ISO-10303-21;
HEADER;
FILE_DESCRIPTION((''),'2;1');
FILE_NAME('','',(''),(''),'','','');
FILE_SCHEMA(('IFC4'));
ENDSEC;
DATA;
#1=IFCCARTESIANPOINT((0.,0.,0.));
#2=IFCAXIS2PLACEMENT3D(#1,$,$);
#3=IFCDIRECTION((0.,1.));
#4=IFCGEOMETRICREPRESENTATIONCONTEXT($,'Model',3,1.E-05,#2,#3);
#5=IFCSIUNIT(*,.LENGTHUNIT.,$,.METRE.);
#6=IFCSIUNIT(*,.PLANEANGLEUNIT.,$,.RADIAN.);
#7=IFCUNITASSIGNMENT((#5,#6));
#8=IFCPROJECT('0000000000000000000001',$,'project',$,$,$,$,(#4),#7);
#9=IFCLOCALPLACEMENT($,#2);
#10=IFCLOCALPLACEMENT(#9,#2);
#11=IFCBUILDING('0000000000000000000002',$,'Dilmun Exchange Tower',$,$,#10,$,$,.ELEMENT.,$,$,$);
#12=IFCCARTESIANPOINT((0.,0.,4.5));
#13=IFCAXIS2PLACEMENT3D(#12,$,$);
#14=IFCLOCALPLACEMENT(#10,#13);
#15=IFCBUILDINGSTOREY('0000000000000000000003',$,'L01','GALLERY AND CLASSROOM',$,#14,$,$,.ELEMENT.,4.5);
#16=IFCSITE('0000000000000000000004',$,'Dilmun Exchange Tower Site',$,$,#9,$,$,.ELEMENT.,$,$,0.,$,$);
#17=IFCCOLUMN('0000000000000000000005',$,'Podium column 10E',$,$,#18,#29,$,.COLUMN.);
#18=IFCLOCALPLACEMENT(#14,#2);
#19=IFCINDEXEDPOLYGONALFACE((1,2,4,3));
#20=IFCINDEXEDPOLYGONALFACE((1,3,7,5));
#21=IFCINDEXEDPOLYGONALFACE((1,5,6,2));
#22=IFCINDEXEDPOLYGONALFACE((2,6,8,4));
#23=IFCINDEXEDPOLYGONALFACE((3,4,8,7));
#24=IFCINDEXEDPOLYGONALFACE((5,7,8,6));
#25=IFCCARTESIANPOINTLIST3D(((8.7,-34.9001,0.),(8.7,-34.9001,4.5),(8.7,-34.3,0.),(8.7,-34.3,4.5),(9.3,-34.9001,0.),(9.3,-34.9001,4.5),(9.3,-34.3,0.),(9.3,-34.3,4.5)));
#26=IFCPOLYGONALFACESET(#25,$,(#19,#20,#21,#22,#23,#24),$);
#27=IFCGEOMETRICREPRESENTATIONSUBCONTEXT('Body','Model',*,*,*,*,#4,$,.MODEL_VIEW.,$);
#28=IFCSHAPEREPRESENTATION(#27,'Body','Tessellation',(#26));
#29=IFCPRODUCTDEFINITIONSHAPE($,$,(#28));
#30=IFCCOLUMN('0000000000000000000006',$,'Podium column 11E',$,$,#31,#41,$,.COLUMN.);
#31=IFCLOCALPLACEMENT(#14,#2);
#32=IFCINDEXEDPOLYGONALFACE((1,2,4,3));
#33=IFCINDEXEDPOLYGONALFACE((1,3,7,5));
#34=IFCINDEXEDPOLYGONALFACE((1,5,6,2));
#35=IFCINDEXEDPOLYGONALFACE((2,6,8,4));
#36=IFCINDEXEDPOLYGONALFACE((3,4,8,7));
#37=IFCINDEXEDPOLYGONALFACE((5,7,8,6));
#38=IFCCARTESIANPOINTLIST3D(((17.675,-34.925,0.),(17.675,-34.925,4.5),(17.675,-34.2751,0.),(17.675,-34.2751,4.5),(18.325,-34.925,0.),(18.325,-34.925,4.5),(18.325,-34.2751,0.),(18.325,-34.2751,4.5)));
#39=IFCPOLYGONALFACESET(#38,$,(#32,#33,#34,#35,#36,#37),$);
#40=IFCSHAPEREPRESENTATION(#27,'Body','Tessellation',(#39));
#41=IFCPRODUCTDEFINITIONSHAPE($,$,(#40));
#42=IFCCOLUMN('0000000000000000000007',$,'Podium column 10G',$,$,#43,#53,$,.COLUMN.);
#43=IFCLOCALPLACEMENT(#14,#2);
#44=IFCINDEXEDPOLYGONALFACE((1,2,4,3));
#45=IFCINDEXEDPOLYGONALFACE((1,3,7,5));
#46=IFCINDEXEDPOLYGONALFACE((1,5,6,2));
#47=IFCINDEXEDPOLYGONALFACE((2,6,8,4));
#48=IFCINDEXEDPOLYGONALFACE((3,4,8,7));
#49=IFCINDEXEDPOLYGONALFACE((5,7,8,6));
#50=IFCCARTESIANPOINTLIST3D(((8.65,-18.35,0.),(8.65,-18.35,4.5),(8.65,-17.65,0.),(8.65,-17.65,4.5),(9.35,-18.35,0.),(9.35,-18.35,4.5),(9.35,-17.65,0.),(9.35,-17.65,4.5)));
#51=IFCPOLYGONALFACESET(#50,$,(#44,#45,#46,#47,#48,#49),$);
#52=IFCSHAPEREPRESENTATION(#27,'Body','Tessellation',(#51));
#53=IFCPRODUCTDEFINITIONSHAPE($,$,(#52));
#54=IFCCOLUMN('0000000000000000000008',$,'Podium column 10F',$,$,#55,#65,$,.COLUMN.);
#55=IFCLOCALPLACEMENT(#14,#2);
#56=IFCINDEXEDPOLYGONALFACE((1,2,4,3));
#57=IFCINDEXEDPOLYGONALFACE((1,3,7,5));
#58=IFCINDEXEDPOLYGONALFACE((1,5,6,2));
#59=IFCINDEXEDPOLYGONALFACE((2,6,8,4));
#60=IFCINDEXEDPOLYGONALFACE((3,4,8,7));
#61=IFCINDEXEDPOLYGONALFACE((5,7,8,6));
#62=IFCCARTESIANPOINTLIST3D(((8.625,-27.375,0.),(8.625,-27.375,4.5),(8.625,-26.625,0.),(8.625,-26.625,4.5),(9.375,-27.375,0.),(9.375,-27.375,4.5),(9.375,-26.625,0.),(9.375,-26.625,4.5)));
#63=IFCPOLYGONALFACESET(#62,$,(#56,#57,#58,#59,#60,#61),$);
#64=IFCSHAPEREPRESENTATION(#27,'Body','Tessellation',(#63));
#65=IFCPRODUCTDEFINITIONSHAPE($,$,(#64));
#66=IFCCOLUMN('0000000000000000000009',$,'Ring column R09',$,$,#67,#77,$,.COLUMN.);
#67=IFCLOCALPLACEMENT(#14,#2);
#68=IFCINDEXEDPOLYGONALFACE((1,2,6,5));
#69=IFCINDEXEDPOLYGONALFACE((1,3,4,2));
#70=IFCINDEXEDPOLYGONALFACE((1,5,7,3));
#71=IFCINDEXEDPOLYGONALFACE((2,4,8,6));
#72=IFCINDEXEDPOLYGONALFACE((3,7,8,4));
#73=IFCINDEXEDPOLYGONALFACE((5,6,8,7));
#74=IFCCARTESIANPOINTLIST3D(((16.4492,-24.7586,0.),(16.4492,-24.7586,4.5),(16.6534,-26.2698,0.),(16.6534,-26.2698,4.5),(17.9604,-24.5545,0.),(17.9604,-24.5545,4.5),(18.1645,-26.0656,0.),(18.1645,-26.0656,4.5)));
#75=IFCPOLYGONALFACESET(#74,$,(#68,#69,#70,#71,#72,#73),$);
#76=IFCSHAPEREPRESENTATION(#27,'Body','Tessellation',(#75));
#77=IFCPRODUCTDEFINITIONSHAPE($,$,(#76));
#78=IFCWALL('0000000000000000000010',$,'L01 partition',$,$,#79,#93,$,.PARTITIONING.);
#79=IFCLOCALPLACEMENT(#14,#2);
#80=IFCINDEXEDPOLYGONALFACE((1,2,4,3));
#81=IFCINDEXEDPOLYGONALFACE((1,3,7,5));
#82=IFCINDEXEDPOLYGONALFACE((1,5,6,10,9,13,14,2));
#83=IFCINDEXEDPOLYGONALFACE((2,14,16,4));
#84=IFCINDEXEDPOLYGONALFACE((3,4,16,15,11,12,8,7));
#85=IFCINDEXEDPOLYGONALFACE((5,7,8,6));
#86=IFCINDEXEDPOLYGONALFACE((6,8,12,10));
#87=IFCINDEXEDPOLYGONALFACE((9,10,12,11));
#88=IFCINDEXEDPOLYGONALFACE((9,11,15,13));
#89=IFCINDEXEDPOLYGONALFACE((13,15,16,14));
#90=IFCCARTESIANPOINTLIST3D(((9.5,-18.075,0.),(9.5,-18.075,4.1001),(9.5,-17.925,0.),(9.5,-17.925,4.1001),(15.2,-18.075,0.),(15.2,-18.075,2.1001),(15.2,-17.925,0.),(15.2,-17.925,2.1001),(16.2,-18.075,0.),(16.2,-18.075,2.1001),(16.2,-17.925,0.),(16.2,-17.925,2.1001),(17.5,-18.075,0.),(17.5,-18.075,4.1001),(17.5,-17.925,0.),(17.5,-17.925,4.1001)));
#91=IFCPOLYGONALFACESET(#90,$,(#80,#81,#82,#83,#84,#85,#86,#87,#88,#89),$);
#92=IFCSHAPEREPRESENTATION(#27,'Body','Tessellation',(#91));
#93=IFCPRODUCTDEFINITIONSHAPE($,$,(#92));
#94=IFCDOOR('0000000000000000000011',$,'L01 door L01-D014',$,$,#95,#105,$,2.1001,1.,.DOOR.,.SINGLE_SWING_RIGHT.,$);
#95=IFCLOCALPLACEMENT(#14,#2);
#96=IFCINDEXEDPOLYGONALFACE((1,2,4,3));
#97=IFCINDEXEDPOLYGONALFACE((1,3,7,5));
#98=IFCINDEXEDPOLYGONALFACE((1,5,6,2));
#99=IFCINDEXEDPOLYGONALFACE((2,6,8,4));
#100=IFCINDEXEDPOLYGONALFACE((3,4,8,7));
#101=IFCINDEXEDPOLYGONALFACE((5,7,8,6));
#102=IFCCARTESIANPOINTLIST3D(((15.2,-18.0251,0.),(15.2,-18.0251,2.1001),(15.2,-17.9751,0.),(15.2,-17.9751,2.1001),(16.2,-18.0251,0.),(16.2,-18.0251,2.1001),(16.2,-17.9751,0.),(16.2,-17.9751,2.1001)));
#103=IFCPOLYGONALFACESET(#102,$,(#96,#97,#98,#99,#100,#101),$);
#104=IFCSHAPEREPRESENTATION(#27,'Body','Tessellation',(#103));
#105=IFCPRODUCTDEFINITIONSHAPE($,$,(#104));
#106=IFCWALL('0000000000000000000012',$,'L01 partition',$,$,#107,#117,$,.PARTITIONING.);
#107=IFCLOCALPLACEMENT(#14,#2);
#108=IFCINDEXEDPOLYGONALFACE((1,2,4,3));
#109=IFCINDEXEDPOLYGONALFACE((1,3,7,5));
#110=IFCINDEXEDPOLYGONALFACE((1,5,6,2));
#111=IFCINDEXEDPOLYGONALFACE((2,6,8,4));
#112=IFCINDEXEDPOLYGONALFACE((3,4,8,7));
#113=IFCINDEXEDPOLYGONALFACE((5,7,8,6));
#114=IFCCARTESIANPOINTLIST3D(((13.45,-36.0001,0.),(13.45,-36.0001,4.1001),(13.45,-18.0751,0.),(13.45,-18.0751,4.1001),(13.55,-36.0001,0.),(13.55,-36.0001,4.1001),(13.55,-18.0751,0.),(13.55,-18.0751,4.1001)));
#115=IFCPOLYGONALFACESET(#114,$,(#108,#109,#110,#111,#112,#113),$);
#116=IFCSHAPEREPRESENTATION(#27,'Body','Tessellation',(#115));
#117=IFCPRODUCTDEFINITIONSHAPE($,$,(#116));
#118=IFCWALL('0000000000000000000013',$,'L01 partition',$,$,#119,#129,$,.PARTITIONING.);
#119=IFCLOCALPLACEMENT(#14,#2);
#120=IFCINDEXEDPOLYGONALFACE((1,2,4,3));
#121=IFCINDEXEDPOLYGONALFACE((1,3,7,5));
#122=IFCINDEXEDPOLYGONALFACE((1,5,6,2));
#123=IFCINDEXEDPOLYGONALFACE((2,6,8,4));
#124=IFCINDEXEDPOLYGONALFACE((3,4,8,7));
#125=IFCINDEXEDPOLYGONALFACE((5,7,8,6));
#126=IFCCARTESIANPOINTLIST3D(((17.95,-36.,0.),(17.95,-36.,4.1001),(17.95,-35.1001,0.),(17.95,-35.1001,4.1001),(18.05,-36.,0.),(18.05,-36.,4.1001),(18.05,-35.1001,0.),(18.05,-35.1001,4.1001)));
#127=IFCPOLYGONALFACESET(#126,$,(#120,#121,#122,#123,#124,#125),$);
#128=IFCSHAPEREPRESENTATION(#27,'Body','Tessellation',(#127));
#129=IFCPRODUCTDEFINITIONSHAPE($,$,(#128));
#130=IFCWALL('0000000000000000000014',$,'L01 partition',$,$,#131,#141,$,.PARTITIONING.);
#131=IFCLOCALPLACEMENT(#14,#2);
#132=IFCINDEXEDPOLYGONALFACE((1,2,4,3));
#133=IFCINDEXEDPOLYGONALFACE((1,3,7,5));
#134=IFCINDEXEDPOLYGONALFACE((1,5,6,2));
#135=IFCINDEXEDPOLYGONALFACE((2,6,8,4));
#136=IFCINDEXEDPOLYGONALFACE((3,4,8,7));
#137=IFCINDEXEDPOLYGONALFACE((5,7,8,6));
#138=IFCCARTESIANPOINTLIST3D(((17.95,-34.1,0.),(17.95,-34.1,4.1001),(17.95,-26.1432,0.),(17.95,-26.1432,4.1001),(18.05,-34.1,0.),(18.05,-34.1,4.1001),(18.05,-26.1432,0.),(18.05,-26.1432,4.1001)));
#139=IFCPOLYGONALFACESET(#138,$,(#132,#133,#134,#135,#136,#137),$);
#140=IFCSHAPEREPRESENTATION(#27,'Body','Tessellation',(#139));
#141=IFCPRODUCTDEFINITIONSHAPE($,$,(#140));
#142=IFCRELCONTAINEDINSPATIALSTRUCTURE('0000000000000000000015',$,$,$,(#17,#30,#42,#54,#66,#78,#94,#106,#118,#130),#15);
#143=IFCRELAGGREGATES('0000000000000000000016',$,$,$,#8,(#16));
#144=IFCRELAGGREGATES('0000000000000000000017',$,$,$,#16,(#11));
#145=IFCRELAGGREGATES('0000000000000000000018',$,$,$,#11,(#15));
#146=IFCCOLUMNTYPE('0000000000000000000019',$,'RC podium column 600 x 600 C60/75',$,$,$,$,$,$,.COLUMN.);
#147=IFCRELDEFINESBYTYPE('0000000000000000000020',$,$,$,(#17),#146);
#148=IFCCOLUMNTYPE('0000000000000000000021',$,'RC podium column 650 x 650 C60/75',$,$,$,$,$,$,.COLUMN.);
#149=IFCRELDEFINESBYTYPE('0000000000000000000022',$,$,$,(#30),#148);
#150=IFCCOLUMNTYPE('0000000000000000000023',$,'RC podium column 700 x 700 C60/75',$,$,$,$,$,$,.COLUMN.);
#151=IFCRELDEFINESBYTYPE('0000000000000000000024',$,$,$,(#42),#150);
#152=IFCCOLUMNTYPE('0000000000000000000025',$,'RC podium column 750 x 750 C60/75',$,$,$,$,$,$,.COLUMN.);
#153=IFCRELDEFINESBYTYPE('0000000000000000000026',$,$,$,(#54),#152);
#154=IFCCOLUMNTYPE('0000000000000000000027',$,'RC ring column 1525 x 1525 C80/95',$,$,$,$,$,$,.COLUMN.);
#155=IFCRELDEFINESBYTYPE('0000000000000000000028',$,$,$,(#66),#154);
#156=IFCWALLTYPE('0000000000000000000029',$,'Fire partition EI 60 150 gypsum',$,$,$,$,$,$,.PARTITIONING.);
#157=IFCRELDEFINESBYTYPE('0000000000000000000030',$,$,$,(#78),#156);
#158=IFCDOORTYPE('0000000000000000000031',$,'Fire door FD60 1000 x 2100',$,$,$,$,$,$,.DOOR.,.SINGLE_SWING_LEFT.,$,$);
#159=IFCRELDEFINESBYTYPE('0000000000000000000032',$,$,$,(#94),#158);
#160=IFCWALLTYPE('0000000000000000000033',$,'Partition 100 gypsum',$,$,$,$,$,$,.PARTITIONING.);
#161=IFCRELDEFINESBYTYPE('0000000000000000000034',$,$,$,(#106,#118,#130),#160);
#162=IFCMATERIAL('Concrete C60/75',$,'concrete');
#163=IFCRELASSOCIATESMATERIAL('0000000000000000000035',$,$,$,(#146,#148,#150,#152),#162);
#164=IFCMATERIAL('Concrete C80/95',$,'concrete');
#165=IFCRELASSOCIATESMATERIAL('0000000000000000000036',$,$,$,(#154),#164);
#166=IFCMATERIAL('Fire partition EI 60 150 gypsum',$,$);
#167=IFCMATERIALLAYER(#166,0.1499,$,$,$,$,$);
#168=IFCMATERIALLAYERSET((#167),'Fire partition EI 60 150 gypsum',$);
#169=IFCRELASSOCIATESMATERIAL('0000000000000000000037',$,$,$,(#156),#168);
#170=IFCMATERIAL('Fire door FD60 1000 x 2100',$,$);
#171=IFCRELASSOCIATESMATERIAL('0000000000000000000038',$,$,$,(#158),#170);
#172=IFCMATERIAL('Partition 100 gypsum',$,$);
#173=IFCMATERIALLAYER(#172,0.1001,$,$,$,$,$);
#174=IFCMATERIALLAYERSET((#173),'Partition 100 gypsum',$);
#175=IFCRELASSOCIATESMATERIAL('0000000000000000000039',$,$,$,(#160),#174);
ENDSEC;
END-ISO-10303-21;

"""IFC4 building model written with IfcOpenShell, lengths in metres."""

from ifc_helpers import new_model, si_unit, direction, frame, frame_2d, origin, origin_2d, place, context, subcontext, project, spatial, rectangle, extrude, material, layer, layer_set, material_profile, profile_set, type_object, element, fill, save


model = new_model("IFC4")

# Units and contexts
model_context = context("Model", 3, precision=1e-05, world=origin(), true_north=direction((0.0, 1.0)))
body_context = subcontext(model_context, "Body", "Model", "MODEL_VIEW")
ifc_project = project(units=[si_unit("LENGTHUNIT", "METRE"), si_unit("PLANEANGLEUNIT", "RADIAN")], contexts=[model_context])

# Site, building, storey
site_placement = place(None, origin())
site = spatial("IfcSite", under=ifc_project, at=site_placement, Name="Dilmun Exchange Tower Site", CompositionType="ELEMENT", RefElevation=0.0)
building_placement = place(site_placement, origin())
building = spatial("IfcBuilding", under=site, at=building_placement, Name="Dilmun Exchange Tower", CompositionType="ELEMENT")
storey_placement = place(building_placement, frame((0.0, 0.0, 4.5)))
storey = spatial("IfcBuildingStorey", under=building, at=storey_placement, Name="L01", Description="GALLERY AND CLASSROOM", CompositionType="ELEMENT", Elevation=4.5)

# Columns
ifc_material_1 = material(Name="Concrete C60/75", Category="concrete")
ifc_material_profile_1 = material_profile(ifc_material_1, rectangle(XDim=0.6001, YDim=0.6001, at=origin_2d()), Name="600 x 600")
ifc_profile_set_1 = profile_set([ifc_material_profile_1], Name="Concrete C60/75")
column_type_1 = type_object("IfcColumnType", Name="RC podium column 600 x 600 C60/75", PredefinedType="COLUMN", material=ifc_profile_set_1)
column_1_placement = place(storey_placement, frame((9.0, -34.6001, 0.0), z_axis=(0.0, 0.0, 1.0), x_axis=(1.0, 0.0, 0.0)))
element("IfcColumn", 1, at=column_1_placement, inside=storey, type_object=column_type_1, Name="Podium column 10E", PredefinedType="COLUMN", context=body_context, shape_type="SweptSolid", body=[
    extrude(rectangle(XDim=0.6001, YDim=0.6001, at=origin_2d()), origin(), (0.0, 0.0, 1.0), 4.5),
])
ifc_material_profile_2 = material_profile(ifc_material_1, rectangle(XDim=0.6499, YDim=0.6499, at=origin_2d()), Name="650 x 650")
ifc_profile_set_2 = profile_set([ifc_material_profile_2], Name="Concrete C60/75")
column_type_2 = type_object("IfcColumnType", Name="RC podium column 650 x 650 C60/75", PredefinedType="COLUMN", material=ifc_profile_set_2)
column_2_placement = place(storey_placement, frame((18.0, -34.6001, 0.0), z_axis=(0.0, 0.0, 1.0), x_axis=(1.0, 0.0, 0.0)))
element("IfcColumn", 2, at=column_2_placement, inside=storey, type_object=column_type_2, Name="Podium column 11E", PredefinedType="COLUMN", context=body_context, shape_type="SweptSolid", body=[
    extrude(rectangle(XDim=0.6499, YDim=0.6499, at=origin_2d()), origin(), (0.0, 0.0, 1.0), 4.5),
])
ifc_material_profile_3 = material_profile(ifc_material_1, rectangle(XDim=0.7, YDim=0.7, at=origin_2d()), Name="700 x 700")
ifc_profile_set_3 = profile_set([ifc_material_profile_3], Name="Concrete C60/75")
column_type_3 = type_object("IfcColumnType", Name="RC podium column 700 x 700 C60/75", PredefinedType="COLUMN", material=ifc_profile_set_3)
column_3_placement = place(storey_placement, frame((9.0, -18.0, 0.0), z_axis=(0.0, 0.0, 1.0), x_axis=(1.0, 0.0, 0.0)))
element("IfcColumn", 3, at=column_3_placement, inside=storey, type_object=column_type_3, Name="Podium column 10G", PredefinedType="COLUMN", context=body_context, shape_type="SweptSolid", body=[
    extrude(rectangle(XDim=0.7, YDim=0.7, at=origin_2d()), origin(), (0.0, 0.0, 1.0), 4.5),
])
ifc_material_profile_4 = material_profile(ifc_material_1, rectangle(XDim=0.75, YDim=0.75, at=origin_2d()), Name="750 x 750")
ifc_profile_set_4 = profile_set([ifc_material_profile_4], Name="Concrete C60/75")
column_type_4 = type_object("IfcColumnType", Name="RC podium column 750 x 750 C60/75", PredefinedType="COLUMN", material=ifc_profile_set_4)
column_4_placement = place(storey_placement, frame((9.0, -27.0, 0.0), z_axis=(0.0, 0.0, 1.0), x_axis=(1.0, 0.0, 0.0)))
element("IfcColumn", 4, at=column_4_placement, inside=storey, type_object=column_type_4, Name="Podium column 10F", PredefinedType="COLUMN", context=body_context, shape_type="SweptSolid", body=[
    extrude(rectangle(XDim=0.75, YDim=0.75, at=origin_2d()), origin(), (0.0, 0.0, 1.0), 4.5),
])
ifc_material_2 = material(Name="Concrete C80/95", Category="concrete")
ifc_material_profile_5 = material_profile(ifc_material_2, rectangle(XDim=1.5249, YDim=1.5249, at=origin_2d()), Name="1525 x 1525")
ifc_profile_set_5 = profile_set([ifc_material_profile_5], Name="Concrete C80/95")
column_type_5 = type_object("IfcColumnType", Name="RC ring column 1525 x 1525 C80/95", PredefinedType="COLUMN", material=ifc_profile_set_5)
column_5_placement = place(storey_placement, frame((17.3069, -25.4121, 0.0), z_axis=(0.0, 0.0, 1.0), x_axis=(0.991001, 0.133853, 0.0)))
element("IfcColumn", 5, at=column_5_placement, inside=storey, type_object=column_type_5, Name="Ring column R09", PredefinedType="COLUMN", context=body_context, shape_type="SweptSolid", body=[
    extrude(rectangle(XDim=1.5249, YDim=1.5249, at=origin_2d()), origin(), (0.0, 0.0, 1.0), 4.5),
])

# Wall, opening, door
ifc_material_3 = material(Name="Fire partition EI 60 150 gypsum")
ifc_layer_1 = layer(ifc_material_3, 0.1499)
ifc_layer_set_1 = layer_set([ifc_layer_1], Name="Fire partition EI 60 150 gypsum")
wall_type_1 = type_object("IfcWallType", Name="Fire partition EI 60 150 gypsum", PredefinedType="PARTITIONING", material=ifc_layer_set_1)
wall_1_placement = place(storey_placement, frame((9.5, -18.0, 0.0), z_axis=(0.0, 0.0, 1.0), x_axis=(1.0, 0.0, 0.0)))
wall_1 = element("IfcWall", 6, at=wall_1_placement, inside=storey, type_object=wall_type_1, Name="L01 partition", PredefinedType="PARTITIONING", context=body_context, shape_type="SweptSolid", body=[
    extrude(rectangle(XDim=8.0, YDim=0.1499, at=frame_2d((4.0, 0.0))), origin(), (0.0, 0.0, 1.0), 4.1001),
])
opening_placement = place(wall_1_placement, frame((5.7, 0.0, 0.0)))
opening = element("IfcOpeningElement", 7, at=opening_placement, cuts=wall_1, PredefinedType="OPENING", context=body_context, shape_type="SweptSolid", body=[
    extrude(rectangle(XDim=1.0, YDim=2.1001, at=frame_2d((0.5, 1.05))), frame((0.0, 0.085, 0.0), z_axis=(0.0, -1.0, 0.0), x_axis=(1.0, 0.0, 0.0)), (0.0, 0.0, 1.0), 0.1699),
])
ifc_material_4 = material(Name="Fire door FD60 1000 x 2100")
door_type = type_object("IfcDoorType", Name="Fire door FD60 1000 x 2100", OperationType="SINGLE_SWING_LEFT", PredefinedType="DOOR", material=ifc_material_4)
door_placement = place(opening_placement, origin())
door = element("IfcDoor", 8, at=door_placement, inside=storey, type_object=door_type, Name="L01 door L01-D014", OperationType="SINGLE_SWING_RIGHT", OverallHeight=2.1001, OverallWidth=1.0, PredefinedType="DOOR", context=body_context, shape_type="SweptSolid", body=[
    extrude(rectangle(XDim=1.0, YDim=2.1001, at=frame_2d((0.5, 1.05))), frame((0.0, 0.0249, 0.0), z_axis=(0.0, -1.0, 0.0), x_axis=(1.0, 0.0, 0.0)), (0.0, 0.0, 1.0), 0.05),
])
fill(opening, door)

# Walls
ifc_material_5 = material(Name="Partition 100 gypsum")
ifc_layer_2 = layer(ifc_material_5, 0.1001)
ifc_layer_set_2 = layer_set([ifc_layer_2], Name="Partition 100 gypsum")
wall_type_2 = type_object("IfcWallType", Name="Partition 100 gypsum", PredefinedType="PARTITIONING", material=ifc_layer_set_2)
wall_2_placement = place(storey_placement, frame((13.5, -36.0, 0.0), z_axis=(0.0, 0.0, 1.0), x_axis=(0.0, 1.0, 0.0)))
element("IfcWall", 9, at=wall_2_placement, inside=storey, type_object=wall_type_2, Name="L01 partition", PredefinedType="PARTITIONING", context=body_context, shape_type="SweptSolid", body=[
    extrude(rectangle(XDim=17.925, YDim=0.1001, at=frame_2d((8.9624, 0.0))), origin(), (0.0, 0.0, 1.0), 4.1001),
])
wall_3_placement = place(storey_placement, frame((18.0, -36.0, 0.0), z_axis=(0.0, 0.0, 1.0), x_axis=(0.0, 1.0, 0.0)))
element("IfcWall", 10, at=wall_3_placement, inside=storey, type_object=wall_type_2, Name="L01 partition", PredefinedType="PARTITIONING", context=body_context, shape_type="SweptSolid", body=[
    extrude(rectangle(XDim=0.8999, YDim=0.1001, at=frame_2d((0.45, 0.0))), origin(), (0.0, 0.0, 1.0), 4.1001),
])
wall_4_placement = place(storey_placement, frame((18.0, -34.1001, 0.0), z_axis=(0.0, 0.0, 1.0), x_axis=(0.0, 1.0, 0.0)))
element("IfcWall", 11, at=wall_4_placement, inside=storey, type_object=wall_type_2, Name="L01 partition", PredefinedType="PARTITIONING", context=body_context, shape_type="SweptSolid", body=[
    extrude(rectangle(XDim=7.9568, YDim=0.1001, at=frame_2d((3.9785, 0.0))), origin(), (0.0, 0.0, 1.0), 4.1001),
])

save(model, "model.ifc")
